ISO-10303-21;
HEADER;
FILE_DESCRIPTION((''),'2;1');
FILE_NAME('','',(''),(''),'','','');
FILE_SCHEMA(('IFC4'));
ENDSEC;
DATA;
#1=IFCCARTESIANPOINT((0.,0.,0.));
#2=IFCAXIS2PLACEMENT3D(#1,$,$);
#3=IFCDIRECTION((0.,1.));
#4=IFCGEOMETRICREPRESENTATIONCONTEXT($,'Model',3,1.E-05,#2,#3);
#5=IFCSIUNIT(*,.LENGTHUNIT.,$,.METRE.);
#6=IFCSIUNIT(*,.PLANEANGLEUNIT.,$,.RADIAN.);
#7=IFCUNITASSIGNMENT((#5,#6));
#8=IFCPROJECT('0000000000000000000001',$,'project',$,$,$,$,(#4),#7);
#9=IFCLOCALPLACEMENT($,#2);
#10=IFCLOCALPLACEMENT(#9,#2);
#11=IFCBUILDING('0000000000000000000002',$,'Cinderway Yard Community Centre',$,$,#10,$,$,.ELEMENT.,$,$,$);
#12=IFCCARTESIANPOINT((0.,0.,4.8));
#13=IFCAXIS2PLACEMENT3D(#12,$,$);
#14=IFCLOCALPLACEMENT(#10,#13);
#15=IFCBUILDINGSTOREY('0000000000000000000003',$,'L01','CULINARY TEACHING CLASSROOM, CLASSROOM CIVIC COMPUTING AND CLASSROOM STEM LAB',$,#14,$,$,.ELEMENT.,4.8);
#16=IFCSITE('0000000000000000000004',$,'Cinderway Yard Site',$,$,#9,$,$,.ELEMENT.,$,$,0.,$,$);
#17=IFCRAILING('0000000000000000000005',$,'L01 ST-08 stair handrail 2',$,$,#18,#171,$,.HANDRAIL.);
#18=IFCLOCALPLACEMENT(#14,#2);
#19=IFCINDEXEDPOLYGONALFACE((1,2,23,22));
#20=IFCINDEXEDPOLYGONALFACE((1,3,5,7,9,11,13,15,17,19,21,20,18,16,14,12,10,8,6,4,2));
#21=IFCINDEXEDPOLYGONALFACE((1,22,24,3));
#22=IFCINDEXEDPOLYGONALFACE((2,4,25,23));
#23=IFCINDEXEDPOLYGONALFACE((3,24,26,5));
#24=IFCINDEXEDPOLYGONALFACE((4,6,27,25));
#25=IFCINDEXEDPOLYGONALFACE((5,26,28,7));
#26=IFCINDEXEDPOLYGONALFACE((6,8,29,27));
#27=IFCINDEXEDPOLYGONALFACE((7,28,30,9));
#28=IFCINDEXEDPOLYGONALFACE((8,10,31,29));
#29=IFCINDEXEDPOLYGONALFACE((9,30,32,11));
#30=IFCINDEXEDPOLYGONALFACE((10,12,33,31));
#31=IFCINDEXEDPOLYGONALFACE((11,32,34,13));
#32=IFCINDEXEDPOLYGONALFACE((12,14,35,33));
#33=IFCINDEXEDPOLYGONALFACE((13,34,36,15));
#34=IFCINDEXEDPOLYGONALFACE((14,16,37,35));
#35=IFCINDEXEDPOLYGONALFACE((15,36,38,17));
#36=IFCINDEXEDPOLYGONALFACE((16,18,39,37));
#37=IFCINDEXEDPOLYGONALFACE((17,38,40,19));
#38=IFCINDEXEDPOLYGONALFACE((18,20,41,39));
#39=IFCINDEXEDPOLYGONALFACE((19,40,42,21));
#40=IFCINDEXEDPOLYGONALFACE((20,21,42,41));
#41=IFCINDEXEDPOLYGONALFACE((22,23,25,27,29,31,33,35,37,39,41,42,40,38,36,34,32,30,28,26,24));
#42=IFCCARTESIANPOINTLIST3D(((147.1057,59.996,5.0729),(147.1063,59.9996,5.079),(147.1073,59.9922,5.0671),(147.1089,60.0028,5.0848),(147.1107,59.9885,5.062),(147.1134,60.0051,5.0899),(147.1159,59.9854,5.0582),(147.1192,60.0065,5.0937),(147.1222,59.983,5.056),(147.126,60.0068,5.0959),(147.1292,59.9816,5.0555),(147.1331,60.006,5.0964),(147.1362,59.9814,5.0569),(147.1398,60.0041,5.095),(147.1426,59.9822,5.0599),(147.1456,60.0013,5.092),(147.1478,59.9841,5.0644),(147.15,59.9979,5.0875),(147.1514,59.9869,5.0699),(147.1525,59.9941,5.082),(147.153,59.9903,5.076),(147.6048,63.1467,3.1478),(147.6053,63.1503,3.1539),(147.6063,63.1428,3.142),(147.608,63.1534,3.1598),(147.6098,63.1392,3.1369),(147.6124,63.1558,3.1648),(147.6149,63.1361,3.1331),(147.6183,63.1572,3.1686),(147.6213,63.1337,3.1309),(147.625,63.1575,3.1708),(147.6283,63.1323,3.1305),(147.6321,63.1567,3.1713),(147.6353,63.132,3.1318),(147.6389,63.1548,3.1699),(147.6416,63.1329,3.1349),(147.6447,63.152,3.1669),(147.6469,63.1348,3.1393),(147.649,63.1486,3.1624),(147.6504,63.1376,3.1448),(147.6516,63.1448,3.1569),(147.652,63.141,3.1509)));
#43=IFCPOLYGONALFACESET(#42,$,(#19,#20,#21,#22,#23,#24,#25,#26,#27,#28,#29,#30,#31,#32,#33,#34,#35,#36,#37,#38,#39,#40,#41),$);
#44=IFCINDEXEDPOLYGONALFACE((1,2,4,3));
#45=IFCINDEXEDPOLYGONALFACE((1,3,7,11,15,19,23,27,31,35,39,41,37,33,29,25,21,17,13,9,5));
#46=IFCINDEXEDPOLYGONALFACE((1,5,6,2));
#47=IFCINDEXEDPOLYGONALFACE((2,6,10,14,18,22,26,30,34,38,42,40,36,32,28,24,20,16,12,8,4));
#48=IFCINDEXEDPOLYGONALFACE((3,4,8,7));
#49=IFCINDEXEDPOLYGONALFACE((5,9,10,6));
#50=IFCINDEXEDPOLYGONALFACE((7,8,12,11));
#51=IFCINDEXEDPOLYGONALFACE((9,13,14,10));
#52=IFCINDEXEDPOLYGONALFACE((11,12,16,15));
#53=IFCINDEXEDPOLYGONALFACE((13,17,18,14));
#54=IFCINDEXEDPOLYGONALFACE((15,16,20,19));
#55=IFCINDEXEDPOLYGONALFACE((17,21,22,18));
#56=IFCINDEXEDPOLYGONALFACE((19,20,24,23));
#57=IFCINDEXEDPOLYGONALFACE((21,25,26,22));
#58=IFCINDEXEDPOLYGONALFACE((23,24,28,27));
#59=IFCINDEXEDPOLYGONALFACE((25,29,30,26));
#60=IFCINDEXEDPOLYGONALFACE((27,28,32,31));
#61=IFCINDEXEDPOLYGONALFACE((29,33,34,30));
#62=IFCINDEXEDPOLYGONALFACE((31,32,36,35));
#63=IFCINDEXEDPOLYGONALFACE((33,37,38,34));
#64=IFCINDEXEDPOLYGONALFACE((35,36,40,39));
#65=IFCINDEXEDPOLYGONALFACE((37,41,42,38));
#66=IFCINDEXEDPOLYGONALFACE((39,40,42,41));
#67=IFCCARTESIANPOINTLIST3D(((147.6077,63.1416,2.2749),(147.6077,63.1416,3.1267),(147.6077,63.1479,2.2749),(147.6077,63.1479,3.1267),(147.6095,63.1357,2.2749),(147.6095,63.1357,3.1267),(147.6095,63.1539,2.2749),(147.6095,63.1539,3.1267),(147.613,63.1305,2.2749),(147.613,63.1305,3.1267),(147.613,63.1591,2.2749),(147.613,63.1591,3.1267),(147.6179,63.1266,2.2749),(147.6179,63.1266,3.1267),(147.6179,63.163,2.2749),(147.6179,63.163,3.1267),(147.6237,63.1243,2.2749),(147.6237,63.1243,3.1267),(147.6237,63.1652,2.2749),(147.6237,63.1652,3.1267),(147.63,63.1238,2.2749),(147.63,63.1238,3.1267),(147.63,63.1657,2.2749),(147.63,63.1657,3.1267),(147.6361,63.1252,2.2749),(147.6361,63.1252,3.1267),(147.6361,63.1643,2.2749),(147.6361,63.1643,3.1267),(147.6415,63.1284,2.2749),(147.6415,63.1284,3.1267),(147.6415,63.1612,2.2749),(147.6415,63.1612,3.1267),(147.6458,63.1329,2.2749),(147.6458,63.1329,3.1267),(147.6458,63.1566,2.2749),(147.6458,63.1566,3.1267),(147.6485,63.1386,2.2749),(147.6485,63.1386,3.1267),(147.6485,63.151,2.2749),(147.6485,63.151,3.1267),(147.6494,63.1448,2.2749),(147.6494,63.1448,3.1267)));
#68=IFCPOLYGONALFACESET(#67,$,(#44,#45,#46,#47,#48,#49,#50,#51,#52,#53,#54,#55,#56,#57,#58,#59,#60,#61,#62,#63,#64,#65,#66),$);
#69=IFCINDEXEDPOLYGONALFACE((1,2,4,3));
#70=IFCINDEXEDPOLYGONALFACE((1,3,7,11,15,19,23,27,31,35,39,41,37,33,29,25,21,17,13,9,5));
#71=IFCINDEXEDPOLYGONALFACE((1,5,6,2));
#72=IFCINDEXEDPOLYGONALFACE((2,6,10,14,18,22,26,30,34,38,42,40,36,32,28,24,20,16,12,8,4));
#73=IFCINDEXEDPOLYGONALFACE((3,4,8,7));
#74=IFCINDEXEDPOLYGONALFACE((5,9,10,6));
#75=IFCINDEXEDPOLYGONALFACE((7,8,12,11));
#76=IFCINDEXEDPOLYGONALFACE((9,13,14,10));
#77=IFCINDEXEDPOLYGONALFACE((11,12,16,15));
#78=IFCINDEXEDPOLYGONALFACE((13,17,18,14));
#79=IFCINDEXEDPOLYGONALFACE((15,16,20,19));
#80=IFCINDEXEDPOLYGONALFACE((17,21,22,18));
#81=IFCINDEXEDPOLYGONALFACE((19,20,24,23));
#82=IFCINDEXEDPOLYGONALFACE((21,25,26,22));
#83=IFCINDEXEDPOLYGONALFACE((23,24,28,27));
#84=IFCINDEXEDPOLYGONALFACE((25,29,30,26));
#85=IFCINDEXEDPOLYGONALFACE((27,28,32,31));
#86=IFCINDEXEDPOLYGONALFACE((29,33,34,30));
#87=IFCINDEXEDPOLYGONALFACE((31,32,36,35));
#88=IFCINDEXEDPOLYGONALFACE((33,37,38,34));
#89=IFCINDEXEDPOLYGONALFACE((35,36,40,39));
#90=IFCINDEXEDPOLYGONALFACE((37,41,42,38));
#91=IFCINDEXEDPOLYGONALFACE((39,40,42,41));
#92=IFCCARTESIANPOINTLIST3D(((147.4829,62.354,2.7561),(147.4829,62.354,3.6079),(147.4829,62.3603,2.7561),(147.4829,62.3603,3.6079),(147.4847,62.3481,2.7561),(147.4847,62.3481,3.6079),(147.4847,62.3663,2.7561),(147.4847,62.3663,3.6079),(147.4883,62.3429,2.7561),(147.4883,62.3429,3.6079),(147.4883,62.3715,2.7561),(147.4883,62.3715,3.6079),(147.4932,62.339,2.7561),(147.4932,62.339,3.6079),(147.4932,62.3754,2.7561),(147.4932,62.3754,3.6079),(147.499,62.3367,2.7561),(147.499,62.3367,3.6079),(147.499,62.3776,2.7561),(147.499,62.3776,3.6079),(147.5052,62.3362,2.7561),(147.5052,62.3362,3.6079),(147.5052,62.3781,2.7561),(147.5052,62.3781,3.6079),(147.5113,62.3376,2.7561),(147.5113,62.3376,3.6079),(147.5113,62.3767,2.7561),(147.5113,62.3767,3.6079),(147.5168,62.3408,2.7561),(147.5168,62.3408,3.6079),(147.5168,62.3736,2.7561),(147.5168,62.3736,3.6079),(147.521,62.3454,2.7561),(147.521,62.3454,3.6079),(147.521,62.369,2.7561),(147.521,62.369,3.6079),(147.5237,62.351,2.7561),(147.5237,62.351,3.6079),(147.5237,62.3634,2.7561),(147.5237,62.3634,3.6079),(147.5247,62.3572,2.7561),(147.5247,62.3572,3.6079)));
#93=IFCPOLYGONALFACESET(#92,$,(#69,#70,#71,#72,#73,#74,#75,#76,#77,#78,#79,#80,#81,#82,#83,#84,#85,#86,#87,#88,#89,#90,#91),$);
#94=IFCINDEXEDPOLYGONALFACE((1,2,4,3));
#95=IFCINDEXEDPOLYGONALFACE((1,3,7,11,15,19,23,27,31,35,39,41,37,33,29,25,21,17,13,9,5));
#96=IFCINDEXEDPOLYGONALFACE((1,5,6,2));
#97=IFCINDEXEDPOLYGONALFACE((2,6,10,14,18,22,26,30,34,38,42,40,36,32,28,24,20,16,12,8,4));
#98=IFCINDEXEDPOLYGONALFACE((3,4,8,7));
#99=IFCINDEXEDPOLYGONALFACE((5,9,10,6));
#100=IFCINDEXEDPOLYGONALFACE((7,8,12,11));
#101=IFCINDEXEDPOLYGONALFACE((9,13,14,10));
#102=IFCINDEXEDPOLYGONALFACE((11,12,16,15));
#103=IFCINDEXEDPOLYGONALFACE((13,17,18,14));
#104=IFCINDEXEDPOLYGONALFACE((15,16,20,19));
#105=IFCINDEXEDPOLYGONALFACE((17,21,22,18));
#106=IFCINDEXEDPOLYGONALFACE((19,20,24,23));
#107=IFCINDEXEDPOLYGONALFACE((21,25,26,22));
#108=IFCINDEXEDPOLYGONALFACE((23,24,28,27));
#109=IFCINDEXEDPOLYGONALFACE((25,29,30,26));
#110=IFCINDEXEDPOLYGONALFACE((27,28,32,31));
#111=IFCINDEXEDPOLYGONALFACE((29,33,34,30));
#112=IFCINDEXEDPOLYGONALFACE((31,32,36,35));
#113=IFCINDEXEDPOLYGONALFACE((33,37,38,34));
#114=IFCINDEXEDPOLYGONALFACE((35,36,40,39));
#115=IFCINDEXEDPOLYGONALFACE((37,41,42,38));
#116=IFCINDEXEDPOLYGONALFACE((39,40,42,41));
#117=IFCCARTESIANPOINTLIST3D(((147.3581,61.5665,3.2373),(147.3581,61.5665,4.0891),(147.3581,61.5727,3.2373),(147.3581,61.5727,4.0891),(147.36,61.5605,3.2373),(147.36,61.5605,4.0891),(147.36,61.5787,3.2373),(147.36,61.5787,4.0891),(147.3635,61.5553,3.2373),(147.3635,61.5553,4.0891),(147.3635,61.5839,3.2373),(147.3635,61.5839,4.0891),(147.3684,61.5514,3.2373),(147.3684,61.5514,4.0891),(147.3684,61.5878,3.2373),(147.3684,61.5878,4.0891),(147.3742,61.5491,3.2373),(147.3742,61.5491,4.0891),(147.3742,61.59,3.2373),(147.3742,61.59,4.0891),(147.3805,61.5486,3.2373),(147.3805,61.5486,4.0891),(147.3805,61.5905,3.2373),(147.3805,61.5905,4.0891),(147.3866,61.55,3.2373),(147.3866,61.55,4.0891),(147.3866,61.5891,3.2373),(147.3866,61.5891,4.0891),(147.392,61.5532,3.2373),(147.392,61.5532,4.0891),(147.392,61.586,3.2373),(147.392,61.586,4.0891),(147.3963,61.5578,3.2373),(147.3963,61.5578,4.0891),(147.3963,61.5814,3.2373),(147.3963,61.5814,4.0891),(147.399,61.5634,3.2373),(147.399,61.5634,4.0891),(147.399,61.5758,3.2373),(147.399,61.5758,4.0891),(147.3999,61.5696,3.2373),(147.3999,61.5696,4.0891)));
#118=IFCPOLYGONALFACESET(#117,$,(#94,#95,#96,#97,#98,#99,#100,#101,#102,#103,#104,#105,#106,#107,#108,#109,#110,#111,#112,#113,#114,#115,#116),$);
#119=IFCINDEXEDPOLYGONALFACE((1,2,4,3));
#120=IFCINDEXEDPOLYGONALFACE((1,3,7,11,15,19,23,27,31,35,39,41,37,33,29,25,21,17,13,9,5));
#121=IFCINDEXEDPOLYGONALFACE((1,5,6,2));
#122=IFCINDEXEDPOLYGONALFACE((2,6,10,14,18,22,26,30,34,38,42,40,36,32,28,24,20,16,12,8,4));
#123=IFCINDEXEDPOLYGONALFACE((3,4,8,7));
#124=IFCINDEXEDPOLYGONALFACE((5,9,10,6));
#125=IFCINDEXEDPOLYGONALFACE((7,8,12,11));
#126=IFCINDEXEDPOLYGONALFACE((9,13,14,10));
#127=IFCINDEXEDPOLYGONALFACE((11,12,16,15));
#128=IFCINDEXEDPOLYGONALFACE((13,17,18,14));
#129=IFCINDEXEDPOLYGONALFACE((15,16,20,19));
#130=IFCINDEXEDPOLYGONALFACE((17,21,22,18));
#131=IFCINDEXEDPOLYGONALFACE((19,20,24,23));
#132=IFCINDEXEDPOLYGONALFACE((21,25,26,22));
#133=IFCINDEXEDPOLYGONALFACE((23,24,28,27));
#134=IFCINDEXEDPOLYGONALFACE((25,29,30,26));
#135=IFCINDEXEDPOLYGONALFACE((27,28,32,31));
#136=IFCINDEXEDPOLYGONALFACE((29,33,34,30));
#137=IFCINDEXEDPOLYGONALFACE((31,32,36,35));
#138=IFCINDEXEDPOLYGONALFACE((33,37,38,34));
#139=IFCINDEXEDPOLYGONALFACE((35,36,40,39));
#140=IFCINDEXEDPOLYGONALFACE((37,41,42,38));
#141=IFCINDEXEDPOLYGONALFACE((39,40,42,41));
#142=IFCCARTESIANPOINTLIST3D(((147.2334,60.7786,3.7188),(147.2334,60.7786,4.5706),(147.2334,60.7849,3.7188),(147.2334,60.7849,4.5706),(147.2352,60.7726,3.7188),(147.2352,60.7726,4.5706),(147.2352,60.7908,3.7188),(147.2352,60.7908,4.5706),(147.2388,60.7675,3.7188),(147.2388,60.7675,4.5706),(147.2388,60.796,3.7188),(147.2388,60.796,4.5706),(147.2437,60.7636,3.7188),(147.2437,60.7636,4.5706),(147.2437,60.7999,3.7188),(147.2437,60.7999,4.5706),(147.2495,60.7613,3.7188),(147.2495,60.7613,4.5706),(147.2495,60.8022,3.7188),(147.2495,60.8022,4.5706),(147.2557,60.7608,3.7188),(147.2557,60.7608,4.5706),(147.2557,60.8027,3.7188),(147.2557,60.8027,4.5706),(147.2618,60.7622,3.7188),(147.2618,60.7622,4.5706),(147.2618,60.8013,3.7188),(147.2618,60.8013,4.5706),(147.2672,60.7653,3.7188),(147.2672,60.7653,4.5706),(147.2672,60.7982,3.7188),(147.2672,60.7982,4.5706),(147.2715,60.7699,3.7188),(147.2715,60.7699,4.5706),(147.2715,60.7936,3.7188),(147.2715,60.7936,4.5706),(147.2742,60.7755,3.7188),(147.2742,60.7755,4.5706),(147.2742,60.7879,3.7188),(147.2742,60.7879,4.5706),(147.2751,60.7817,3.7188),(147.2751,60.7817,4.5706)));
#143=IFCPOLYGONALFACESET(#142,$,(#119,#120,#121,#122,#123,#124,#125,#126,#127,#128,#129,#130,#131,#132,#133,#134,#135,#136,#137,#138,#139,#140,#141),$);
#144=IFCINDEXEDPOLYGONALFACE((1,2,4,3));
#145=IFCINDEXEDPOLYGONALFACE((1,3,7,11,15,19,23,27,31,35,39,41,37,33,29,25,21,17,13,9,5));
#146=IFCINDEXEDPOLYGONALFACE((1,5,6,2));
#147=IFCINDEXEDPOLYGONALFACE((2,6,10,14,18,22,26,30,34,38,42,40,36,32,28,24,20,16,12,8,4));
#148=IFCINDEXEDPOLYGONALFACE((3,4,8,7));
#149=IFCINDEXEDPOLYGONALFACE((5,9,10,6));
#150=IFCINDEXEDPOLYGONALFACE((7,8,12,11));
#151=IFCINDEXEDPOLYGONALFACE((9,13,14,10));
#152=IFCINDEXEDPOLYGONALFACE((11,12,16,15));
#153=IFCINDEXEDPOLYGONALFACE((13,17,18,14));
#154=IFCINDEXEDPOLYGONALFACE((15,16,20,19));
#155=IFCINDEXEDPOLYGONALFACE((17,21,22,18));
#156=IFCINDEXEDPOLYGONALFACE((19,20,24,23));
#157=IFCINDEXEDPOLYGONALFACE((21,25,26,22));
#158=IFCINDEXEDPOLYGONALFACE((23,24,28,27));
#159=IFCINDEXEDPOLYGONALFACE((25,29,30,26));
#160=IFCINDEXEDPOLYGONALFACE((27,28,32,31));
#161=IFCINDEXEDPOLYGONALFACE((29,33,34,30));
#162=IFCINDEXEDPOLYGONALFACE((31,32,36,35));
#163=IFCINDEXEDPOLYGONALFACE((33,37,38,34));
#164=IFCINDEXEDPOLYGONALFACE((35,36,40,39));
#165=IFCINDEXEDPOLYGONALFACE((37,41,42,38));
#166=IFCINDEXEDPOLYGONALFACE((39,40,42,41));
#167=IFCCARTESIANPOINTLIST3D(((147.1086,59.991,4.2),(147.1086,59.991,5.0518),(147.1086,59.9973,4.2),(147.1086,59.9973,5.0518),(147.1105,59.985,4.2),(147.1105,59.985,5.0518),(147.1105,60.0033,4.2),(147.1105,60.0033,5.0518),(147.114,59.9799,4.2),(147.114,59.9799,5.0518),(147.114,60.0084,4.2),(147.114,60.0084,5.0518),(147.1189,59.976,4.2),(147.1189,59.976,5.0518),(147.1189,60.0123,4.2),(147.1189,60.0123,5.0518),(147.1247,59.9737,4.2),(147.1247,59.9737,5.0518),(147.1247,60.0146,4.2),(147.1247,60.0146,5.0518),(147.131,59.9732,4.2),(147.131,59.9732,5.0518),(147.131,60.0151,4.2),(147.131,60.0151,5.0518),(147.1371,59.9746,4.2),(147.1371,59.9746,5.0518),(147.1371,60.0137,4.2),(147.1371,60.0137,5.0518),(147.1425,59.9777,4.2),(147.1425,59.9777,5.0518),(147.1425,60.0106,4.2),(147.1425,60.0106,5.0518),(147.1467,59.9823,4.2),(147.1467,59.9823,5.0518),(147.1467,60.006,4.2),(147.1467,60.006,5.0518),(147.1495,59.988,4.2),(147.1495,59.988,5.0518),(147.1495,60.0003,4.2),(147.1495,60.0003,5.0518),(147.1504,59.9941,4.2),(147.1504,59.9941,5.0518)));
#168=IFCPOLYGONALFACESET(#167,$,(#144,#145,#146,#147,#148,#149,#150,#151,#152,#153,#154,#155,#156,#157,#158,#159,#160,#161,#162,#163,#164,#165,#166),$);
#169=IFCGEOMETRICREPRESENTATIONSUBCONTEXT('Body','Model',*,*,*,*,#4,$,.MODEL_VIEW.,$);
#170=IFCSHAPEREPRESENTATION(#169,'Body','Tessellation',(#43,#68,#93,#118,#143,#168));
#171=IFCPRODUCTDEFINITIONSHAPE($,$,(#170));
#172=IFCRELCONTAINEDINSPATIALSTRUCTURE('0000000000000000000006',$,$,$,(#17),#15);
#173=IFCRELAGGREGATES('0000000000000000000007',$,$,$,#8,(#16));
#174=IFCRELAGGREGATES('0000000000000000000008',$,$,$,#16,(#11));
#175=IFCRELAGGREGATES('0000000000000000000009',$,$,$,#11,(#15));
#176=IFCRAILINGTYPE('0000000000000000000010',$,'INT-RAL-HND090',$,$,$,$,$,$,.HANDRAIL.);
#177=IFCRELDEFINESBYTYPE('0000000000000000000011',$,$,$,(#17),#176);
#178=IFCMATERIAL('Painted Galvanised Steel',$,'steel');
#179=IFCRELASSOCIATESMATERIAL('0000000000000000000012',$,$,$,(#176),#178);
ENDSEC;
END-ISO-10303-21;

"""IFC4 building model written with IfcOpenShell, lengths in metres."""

from ifc_helpers import new_model, si_unit, direction, frame, origin, origin_2d, place, context, subcontext, project, spatial, circle, extrude, material, type_object, element, save


model = new_model("IFC4")

# Units and contexts
model_context = context("Model", 3, precision=1e-05, world=origin(), true_north=direction((0.0, 1.0)))
body_context = subcontext(model_context, "Body", "Model", "MODEL_VIEW")
ifc_project = project(units=[si_unit("LENGTHUNIT", "METRE"), si_unit("PLANEANGLEUNIT", "RADIAN")], contexts=[model_context])

# Site, building, storey
site_placement = place(None, origin())
site = spatial("IfcSite", under=ifc_project, at=site_placement, Name="Cinderway Yard Site", CompositionType="ELEMENT", RefElevation=0.0)
building_placement = place(site_placement, origin())
building = spatial("IfcBuilding", under=site, at=building_placement, Name="Cinderway Yard Community Centre", CompositionType="ELEMENT")
storey_placement = place(building_placement, frame((0.0, 0.0, 4.8)))
storey = spatial("IfcBuildingStorey", under=building, at=storey_placement, Name="L01", Description="CULINARY TEACHING CLASSROOM, CLASSROOM CIVIC COMPUTING AND CLASSROOM STEM LAB", CompositionType="ELEMENT", Elevation=4.8)

# Railing
ifc_material_1 = material(Name="Painted Galvanised Steel", Category="steel")
railing_type_1 = type_object("IfcRailingType", Name="INT-RAL-HND090", PredefinedType="HANDRAIL", material=ifc_material_1)
railing_1_placement = place(storey_placement, frame((147.6284, 63.1448, 2.2749)))
element("IfcRailing", 1, at=railing_1_placement, inside=storey, type_object=railing_type_1, Name="L01 ST-08 stair handrail 2", PredefinedType="HANDRAIL", context=body_context, shape_type="SweptSolid", body=[
    extrude(circle(Radius=0.0239, at=origin_2d()), frame((0.0, 0.0, 0.876), z_axis=(-0.133938, -0.845634, 0.516685), x_axis=(0.987688, -0.156438, 0.0)), (0.0, 0.0, 1.0), 3.7258),
    extrude(circle(Radius=0.021, at=origin_2d()), origin(), (0.0, 0.0, 1.0), 0.8518),
    extrude(circle(Radius=0.021, at=origin_2d()), frame((-0.1248, -0.7876, 0.4812)), (0.0, 0.0, 1.0), 0.8518),
    extrude(circle(Radius=0.021, at=origin_2d()), frame((-0.2495, -1.5752, 0.9624)), (0.0, 0.0, 1.0), 0.8518),
    extrude(circle(Radius=0.021, at=origin_2d()), frame((-0.3743, -2.363, 1.4438)), (0.0, 0.0, 1.0), 0.8518),
    extrude(circle(Radius=0.021, at=origin_2d()), frame((-0.499, -3.1506, 1.925)), (0.0, 0.0, 1.0), 0.8518),
])

save(model, "model.ifc")
